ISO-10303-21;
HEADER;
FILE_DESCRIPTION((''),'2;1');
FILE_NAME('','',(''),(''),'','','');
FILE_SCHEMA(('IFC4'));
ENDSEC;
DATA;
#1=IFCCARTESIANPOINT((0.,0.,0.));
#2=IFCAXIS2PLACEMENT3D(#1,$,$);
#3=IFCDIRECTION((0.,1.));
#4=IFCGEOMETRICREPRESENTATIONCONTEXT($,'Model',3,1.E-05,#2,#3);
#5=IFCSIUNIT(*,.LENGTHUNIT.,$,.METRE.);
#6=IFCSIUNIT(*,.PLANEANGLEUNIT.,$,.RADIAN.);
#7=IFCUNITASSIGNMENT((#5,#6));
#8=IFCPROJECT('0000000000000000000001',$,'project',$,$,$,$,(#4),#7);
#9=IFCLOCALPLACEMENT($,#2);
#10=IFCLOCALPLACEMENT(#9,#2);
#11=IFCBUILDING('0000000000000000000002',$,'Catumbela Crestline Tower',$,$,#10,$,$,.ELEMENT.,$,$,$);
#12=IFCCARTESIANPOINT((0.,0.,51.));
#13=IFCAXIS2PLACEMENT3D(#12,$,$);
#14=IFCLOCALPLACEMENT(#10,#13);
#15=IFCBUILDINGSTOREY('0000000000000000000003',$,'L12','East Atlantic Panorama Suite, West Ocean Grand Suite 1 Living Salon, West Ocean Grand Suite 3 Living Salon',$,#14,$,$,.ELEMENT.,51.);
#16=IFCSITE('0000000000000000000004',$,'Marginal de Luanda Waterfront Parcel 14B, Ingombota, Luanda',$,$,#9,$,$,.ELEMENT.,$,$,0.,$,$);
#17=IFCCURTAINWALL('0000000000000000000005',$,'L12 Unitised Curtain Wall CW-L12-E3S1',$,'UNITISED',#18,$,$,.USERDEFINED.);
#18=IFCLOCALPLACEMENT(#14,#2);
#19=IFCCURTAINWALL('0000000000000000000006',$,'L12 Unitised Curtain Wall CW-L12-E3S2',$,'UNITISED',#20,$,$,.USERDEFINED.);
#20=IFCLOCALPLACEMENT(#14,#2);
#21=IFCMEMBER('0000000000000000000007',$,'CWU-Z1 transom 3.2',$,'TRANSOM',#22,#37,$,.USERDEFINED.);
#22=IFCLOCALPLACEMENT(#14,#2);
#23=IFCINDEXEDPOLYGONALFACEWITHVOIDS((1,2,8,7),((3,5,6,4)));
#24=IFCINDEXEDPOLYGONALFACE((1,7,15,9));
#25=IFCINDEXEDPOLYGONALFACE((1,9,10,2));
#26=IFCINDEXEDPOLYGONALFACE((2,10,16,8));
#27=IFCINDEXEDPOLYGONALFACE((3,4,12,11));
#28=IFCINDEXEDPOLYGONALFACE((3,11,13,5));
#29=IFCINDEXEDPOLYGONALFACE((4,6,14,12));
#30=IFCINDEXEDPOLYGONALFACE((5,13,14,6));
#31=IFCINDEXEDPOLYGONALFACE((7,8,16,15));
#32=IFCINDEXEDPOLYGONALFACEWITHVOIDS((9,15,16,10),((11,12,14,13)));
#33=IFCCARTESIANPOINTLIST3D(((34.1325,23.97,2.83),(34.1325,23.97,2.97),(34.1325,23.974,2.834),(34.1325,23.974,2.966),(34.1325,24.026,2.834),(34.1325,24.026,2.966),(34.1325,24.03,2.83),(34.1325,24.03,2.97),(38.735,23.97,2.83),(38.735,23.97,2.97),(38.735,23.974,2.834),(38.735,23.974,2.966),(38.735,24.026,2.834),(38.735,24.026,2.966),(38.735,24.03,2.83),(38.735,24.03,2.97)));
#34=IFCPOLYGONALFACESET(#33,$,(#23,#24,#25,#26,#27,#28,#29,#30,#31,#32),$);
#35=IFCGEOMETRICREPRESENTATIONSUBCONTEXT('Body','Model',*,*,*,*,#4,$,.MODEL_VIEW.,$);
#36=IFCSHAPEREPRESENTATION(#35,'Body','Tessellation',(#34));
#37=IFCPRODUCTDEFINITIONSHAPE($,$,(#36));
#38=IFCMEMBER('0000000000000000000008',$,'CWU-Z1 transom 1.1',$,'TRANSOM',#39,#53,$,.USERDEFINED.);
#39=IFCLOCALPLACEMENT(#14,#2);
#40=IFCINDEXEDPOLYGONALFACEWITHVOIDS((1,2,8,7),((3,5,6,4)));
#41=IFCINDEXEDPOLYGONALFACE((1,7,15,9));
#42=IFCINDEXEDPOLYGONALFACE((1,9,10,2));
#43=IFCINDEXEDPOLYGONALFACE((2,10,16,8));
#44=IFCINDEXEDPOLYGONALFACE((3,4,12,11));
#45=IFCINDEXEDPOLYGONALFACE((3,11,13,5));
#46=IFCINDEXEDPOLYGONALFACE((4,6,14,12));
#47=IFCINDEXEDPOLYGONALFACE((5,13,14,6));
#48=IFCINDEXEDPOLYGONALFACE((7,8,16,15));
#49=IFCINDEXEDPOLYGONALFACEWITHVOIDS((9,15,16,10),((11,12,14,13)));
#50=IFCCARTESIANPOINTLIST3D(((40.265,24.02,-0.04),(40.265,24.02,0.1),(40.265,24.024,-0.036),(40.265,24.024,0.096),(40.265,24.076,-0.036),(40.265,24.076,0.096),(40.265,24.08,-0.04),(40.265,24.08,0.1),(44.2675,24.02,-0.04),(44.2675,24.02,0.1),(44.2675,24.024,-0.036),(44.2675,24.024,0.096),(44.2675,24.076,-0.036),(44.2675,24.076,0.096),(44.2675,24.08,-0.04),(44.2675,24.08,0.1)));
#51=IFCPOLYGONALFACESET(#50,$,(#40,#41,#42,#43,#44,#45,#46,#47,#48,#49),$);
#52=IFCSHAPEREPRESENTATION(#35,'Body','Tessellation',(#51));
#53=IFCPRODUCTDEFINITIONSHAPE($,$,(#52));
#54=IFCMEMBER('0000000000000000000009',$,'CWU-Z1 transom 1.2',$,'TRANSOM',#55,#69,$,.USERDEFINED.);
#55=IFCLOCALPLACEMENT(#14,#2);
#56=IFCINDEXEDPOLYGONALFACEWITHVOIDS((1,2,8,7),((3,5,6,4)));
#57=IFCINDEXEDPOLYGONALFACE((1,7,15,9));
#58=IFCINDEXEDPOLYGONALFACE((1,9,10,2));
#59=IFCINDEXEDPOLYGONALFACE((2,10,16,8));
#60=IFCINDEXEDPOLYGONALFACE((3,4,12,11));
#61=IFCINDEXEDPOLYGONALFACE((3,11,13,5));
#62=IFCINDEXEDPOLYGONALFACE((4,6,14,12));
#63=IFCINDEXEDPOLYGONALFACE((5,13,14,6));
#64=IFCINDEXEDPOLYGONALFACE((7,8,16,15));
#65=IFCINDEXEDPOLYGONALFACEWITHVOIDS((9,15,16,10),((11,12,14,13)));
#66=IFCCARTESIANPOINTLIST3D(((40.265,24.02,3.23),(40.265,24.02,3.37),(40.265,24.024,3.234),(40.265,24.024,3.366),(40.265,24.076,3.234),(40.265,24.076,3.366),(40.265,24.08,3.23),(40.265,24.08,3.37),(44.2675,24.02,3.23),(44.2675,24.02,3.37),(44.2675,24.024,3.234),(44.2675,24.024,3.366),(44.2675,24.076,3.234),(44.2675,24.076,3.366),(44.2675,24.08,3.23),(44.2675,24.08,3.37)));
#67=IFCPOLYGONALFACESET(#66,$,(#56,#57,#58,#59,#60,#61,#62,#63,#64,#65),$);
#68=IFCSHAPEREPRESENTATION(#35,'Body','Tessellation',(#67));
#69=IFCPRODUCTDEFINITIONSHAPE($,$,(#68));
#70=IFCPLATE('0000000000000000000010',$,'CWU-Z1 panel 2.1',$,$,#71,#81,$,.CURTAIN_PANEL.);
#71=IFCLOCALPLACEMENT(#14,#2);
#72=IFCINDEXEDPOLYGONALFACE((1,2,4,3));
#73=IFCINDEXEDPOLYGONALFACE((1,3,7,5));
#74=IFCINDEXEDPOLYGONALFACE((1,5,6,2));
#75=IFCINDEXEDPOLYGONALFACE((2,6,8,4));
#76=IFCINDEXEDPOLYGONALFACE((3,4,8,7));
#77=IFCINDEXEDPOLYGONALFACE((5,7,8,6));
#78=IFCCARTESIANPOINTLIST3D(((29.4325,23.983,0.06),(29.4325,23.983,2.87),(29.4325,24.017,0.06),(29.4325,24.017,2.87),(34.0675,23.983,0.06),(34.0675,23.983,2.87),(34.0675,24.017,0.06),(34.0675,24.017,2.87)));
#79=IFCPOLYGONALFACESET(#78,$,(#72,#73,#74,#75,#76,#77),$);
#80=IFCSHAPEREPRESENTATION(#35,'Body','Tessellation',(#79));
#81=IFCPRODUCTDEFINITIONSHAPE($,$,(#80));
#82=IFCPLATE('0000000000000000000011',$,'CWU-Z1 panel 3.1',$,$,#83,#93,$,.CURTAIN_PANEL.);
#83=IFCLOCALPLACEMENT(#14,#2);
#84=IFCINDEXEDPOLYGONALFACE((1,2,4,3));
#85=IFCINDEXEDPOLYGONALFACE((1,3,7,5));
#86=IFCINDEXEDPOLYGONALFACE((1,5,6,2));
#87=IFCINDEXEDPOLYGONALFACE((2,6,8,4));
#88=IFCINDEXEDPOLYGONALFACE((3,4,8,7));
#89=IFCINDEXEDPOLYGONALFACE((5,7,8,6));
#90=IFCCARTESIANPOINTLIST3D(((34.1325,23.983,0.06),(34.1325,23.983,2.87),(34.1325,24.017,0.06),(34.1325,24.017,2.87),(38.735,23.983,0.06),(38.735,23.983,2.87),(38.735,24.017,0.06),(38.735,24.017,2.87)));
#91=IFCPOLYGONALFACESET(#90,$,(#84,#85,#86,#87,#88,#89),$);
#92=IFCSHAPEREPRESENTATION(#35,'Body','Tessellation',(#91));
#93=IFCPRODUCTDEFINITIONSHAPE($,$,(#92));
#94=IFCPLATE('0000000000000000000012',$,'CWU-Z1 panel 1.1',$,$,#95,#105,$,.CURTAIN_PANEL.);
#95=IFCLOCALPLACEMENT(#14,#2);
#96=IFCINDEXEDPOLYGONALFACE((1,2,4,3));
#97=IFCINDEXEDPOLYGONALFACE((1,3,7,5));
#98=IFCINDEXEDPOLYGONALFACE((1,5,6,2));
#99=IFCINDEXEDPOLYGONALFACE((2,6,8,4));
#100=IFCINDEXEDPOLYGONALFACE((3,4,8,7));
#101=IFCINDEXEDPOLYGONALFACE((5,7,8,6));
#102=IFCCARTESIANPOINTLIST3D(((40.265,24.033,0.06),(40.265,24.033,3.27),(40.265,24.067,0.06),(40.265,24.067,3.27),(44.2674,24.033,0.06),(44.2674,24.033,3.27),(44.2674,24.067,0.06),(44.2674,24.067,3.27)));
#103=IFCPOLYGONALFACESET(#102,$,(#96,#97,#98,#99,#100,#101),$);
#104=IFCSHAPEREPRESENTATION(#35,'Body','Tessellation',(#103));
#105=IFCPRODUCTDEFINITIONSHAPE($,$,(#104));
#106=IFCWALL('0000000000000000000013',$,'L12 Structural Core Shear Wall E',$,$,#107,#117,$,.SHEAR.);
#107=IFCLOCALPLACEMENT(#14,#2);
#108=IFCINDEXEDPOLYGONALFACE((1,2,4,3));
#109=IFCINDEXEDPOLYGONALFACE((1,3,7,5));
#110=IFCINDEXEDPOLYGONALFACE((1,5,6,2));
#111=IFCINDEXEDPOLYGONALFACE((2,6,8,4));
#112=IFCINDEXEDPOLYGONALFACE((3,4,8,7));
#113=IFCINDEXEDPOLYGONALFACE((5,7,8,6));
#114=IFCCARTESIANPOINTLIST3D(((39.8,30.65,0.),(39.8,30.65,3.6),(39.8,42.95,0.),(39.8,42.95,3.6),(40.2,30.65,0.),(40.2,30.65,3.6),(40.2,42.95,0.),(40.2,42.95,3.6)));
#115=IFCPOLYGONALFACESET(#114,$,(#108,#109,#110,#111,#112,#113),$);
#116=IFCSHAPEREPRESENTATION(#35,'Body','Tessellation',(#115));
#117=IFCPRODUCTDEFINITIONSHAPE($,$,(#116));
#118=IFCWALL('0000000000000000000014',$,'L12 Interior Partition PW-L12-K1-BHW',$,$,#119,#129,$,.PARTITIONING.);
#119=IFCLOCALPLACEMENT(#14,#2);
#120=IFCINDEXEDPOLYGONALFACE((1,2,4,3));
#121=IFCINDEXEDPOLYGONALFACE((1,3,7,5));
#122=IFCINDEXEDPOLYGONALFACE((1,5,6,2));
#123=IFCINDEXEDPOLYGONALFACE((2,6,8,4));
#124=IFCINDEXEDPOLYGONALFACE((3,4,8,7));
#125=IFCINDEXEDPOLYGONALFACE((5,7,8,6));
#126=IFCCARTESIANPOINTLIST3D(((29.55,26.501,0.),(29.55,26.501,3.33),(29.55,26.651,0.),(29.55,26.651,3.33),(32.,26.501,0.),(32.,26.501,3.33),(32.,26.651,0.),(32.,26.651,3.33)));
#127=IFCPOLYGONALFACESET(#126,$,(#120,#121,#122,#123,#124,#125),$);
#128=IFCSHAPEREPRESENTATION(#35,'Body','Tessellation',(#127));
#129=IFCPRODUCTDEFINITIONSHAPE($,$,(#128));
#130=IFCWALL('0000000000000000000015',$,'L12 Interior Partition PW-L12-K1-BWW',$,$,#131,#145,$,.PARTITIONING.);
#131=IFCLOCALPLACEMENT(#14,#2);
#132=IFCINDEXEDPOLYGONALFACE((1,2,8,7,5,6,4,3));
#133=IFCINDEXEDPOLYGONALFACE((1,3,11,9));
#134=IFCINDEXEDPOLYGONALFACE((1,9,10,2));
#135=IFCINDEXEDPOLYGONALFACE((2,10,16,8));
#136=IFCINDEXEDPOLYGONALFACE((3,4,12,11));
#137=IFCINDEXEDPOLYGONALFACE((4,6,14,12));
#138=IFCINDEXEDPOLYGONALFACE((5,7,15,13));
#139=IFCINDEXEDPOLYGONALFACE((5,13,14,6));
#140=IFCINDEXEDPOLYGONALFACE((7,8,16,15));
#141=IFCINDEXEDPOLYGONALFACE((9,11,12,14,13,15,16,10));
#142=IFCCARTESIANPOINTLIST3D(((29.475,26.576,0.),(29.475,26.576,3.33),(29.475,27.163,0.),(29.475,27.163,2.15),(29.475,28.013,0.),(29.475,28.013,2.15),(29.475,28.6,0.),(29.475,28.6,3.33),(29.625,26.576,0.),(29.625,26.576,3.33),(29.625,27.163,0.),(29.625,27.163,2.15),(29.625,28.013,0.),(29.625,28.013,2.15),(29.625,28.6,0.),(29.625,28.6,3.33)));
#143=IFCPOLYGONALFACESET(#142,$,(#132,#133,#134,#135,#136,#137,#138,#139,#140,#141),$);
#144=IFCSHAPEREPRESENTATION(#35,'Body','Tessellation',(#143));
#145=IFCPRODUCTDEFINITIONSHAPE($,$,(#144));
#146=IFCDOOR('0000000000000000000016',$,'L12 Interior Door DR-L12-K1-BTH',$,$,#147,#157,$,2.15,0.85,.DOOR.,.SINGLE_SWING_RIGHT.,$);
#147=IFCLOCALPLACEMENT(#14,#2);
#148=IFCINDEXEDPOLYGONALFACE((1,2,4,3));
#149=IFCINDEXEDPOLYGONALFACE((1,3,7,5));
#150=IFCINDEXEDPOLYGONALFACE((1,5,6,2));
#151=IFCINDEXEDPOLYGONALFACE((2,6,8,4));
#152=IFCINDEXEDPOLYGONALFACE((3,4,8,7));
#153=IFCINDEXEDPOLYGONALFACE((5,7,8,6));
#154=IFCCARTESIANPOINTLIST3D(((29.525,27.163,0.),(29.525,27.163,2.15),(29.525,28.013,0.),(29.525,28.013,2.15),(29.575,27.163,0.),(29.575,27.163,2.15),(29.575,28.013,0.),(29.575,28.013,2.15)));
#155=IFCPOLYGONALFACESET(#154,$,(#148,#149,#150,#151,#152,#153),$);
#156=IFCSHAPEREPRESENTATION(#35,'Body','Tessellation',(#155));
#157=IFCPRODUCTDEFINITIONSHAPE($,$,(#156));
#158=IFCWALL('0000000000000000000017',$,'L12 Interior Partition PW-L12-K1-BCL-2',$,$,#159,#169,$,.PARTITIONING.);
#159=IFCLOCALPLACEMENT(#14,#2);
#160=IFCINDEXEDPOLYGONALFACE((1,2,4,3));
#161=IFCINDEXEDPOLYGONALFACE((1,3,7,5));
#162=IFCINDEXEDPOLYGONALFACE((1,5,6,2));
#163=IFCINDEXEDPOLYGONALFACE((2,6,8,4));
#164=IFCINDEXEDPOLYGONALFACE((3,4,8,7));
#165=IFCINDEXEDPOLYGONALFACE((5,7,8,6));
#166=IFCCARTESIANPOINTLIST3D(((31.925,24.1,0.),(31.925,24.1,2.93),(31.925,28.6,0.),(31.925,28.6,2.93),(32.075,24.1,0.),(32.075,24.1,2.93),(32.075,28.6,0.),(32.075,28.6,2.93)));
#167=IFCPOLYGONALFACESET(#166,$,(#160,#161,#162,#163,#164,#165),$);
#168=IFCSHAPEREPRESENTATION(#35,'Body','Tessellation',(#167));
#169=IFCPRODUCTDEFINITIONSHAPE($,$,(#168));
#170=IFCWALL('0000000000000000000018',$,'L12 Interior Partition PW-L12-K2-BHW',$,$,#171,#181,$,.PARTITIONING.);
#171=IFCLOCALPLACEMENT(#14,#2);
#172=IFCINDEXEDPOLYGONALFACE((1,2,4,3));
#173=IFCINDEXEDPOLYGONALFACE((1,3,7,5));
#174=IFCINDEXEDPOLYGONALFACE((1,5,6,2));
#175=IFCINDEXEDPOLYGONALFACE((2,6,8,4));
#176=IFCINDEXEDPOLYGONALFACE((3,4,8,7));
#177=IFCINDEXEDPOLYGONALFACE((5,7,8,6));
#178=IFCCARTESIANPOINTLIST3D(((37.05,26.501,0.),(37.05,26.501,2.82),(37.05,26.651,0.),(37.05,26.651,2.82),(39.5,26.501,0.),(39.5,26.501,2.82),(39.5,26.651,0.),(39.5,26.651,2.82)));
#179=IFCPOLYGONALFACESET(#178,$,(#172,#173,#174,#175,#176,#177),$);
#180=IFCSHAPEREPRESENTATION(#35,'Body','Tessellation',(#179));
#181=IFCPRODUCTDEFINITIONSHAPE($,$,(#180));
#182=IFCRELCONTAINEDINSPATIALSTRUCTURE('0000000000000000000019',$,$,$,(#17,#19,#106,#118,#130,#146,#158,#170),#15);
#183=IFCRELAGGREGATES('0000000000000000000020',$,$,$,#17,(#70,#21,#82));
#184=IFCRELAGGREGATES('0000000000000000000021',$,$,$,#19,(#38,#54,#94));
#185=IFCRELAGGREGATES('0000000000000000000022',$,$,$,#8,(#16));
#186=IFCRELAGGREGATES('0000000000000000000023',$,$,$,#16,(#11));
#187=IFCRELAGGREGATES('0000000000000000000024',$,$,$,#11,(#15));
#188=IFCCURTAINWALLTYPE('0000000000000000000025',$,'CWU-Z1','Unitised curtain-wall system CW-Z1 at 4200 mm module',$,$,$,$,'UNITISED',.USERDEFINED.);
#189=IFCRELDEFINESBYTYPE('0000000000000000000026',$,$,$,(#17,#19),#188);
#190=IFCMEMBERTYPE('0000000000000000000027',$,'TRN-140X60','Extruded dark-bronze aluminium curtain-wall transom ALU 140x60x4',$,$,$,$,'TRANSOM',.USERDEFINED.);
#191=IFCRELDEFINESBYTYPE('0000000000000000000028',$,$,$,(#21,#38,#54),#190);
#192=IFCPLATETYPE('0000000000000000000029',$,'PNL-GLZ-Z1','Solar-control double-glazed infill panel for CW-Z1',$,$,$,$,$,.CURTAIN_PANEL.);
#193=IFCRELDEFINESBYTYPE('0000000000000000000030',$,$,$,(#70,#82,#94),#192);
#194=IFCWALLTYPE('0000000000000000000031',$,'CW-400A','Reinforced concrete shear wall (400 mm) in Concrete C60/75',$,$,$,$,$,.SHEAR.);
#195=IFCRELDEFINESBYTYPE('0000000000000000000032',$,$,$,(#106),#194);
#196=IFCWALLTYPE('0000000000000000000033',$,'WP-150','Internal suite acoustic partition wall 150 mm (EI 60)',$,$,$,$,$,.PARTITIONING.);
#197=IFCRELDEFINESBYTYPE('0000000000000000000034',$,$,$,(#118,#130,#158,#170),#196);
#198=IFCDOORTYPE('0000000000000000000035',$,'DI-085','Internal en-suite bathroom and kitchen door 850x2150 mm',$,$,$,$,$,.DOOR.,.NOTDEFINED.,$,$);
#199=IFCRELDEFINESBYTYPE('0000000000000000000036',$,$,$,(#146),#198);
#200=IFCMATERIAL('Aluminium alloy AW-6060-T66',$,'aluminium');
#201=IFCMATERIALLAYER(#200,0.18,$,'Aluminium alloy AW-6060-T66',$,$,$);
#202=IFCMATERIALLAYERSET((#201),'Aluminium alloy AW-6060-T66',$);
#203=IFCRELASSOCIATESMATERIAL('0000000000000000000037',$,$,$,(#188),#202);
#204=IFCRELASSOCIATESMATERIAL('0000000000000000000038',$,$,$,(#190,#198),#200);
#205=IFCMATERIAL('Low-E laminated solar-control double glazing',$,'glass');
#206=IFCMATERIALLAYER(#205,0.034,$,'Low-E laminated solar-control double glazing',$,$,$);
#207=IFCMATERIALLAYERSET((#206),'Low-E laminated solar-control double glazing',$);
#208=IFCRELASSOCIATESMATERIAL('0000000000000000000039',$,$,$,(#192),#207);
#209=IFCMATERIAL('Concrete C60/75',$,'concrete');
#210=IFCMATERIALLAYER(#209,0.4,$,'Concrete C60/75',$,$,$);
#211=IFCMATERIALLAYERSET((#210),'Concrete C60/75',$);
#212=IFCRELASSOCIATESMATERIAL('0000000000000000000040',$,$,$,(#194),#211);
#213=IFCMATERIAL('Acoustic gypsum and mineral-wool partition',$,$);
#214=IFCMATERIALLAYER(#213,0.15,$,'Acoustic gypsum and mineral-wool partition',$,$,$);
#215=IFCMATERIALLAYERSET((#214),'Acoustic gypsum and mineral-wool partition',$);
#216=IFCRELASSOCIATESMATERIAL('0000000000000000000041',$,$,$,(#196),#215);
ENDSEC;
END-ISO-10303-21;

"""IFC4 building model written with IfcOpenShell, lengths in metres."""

from ifc_helpers import new_model, si_unit, direction, frame, frame_2d, origin, origin_2d, place, context, subcontext, project, spatial, rectangle, hollow_rectangle, extrude, material, layer, layer_set, material_profile, profile_set, type_object, element, fill, aggregate, save


model = new_model("IFC4")

# Units and contexts
model_context = context("Model", 3, precision=1e-05, world=origin(), true_north=direction((0.0, 1.0)))
body_context = subcontext(model_context, "Body", "Model", "MODEL_VIEW")
ifc_project = project(units=[si_unit("LENGTHUNIT", "METRE"), si_unit("PLANEANGLEUNIT", "RADIAN")], contexts=[model_context])

# Site, building, storey
site_placement = place(None, origin())
site = spatial("IfcSite", under=ifc_project, at=site_placement, Name="Marginal de Luanda Waterfront Parcel 14B, Ingombota, Luanda", CompositionType="ELEMENT", RefElevation=0.0)
building_placement = place(site_placement, origin())
building = spatial("IfcBuilding", under=site, at=building_placement, Name="Catumbela Crestline Tower", CompositionType="ELEMENT")
storey_placement = place(building_placement, frame((0.0, 0.0, 51.0)))
storey = spatial("IfcBuildingStorey", under=building, at=storey_placement, Name="L12", Description="East Atlantic Panorama Suite, West Ocean Grand Suite 1 Living Salon, West Ocean Grand Suite 3 Living Salon", CompositionType="ELEMENT", Elevation=51.0)

# Shared definitions
ifc_material_1 = material(Name="Concrete C60/75", Category="concrete")

# Curtain walls
ifc_material_2 = material(Name="Aluminium alloy AW-6060-T66", Category="aluminium")
ifc_layer_1 = layer(ifc_material_2, 0.18, Name="Aluminium alloy AW-6060-T66")
ifc_layer_set_1 = layer_set([ifc_layer_1], Name="Aluminium alloy AW-6060-T66")
curtain_wall_type = type_object("IfcCurtainWallType", Name="CWU-Z1", Description="Unitised curtain-wall system CW-Z1 at 4200 mm module", ElementType="UNITISED", PredefinedType="USERDEFINED", material=ifc_layer_set_1)
curtain_wall_1_placement = place(storey_placement, origin())
curtain_wall_1 = element("IfcCurtainWall", 1, at=curtain_wall_1_placement, inside=storey, type_object=curtain_wall_type, Name="L12 Unitised Curtain Wall CW-L12-E3S1", ObjectType="UNITISED", PredefinedType="USERDEFINED")
curtain_wall_2_placement = place(storey_placement, origin())
curtain_wall_2 = element("IfcCurtainWall", 2, at=curtain_wall_2_placement, inside=storey, type_object=curtain_wall_type, Name="L12 Unitised Curtain Wall CW-L12-E3S2", ObjectType="UNITISED", PredefinedType="USERDEFINED")

# Members
ifc_material_profile_1 = material_profile(ifc_material_2, hollow_rectangle(XDim=0.06, YDim=0.14, WallThickness=0.004, at=origin_2d()), Name="ALU 140x60x4")
ifc_profile_set_1 = profile_set([ifc_material_profile_1], Name="Aluminium alloy AW-6060-T66")
member_type_1 = type_object("IfcMemberType", Name="TRN-140X60", Description="Extruded dark-bronze aluminium curtain-wall transom ALU 140x60x4", ElementType="TRANSOM", PredefinedType="USERDEFINED", material=ifc_profile_set_1)
member_1_placement = place(storey_placement, frame((34.1325, 24.0, 2.9), z_axis=(1.0, 0.0, 0.0), x_axis=(0.0, 1.0, 0.0)))
member_1 = element("IfcMember", 3, at=member_1_placement, type_object=member_type_1, Name="CWU-Z1 transom 3.2", ObjectType="TRANSOM", PredefinedType="USERDEFINED", context=body_context, shape_type="SweptSolid", body=[
    extrude(hollow_rectangle(XDim=0.06, YDim=0.14, WallThickness=0.004, at=origin_2d()), origin(), (0.0, 0.0, 1.0), 4.6025),
])
member_2_placement = place(storey_placement, frame((40.265, 24.05, 0.03), z_axis=(1.0, 0.0, 0.0), x_axis=(0.0, 1.0, 0.0)))
member_2 = element("IfcMember", 4, at=member_2_placement, type_object=member_type_1, Name="CWU-Z1 transom 1.1", ObjectType="TRANSOM", PredefinedType="USERDEFINED", context=body_context, shape_type="SweptSolid", body=[
    extrude(hollow_rectangle(XDim=0.06, YDim=0.14, WallThickness=0.004, at=origin_2d()), origin(), (0.0, 0.0, 1.0), 4.0025),
])
member_3_placement = place(storey_placement, frame((40.265, 24.05, 3.3), z_axis=(1.0, 0.0, 0.0), x_axis=(0.0, 1.0, 0.0)))
member_3 = element("IfcMember", 5, at=member_3_placement, type_object=member_type_1, Name="CWU-Z1 transom 1.2", ObjectType="TRANSOM", PredefinedType="USERDEFINED", context=body_context, shape_type="SweptSolid", body=[
    extrude(hollow_rectangle(XDim=0.06, YDim=0.14, WallThickness=0.004, at=origin_2d()), origin(), (0.0, 0.0, 1.0), 4.0025),
])

# Plates
ifc_material_3 = material(Name="Low-E laminated solar-control double glazing", Category="glass")
ifc_layer_2 = layer(ifc_material_3, 0.034, Name="Low-E laminated solar-control double glazing")
ifc_layer_set_2 = layer_set([ifc_layer_2], Name="Low-E laminated solar-control double glazing")
plate_type = type_object("IfcPlateType", Name="PNL-GLZ-Z1", Description="Solar-control double-glazed infill panel for CW-Z1", PredefinedType="CURTAIN_PANEL", material=ifc_layer_set_2)
plate_1_placement = place(storey_placement, frame((31.75, 24.0, 0.06), z_axis=(0.0, 0.0, 1.0), x_axis=(1.0, 0.0, 0.0)))
plate_1 = element("IfcPlate", 6, at=plate_1_placement, type_object=plate_type, Name="CWU-Z1 panel 2.1", PredefinedType="CURTAIN_PANEL", context=body_context, shape_type="SweptSolid", body=[
    extrude(rectangle(XDim=4.635, YDim=0.034, at=origin_2d()), origin(), (0.0, 0.0, 1.0), 2.81),
])
plate_2_placement = place(storey_placement, frame((36.4338, 24.0, 0.06), z_axis=(0.0, 0.0, 1.0), x_axis=(1.0, 0.0, 0.0)))
plate_2 = element("IfcPlate", 7, at=plate_2_placement, type_object=plate_type, Name="CWU-Z1 panel 3.1", PredefinedType="CURTAIN_PANEL", context=body_context, shape_type="SweptSolid", body=[
    extrude(rectangle(XDim=4.6025, YDim=0.034, at=origin_2d()), origin(), (0.0, 0.0, 1.0), 2.81),
])
aggregate(curtain_wall_1, [plate_1, member_1, plate_2])
plate_3_placement = place(storey_placement, frame((42.2662, 24.05, 0.06), z_axis=(0.0, 0.0, 1.0), x_axis=(1.0, 0.0, 0.0)))
plate_3 = element("IfcPlate", 8, at=plate_3_placement, type_object=plate_type, Name="CWU-Z1 panel 1.1", PredefinedType="CURTAIN_PANEL", context=body_context, shape_type="SweptSolid", body=[
    extrude(rectangle(XDim=4.0025, YDim=0.034, at=origin_2d()), origin(), (0.0, 0.0, 1.0), 3.21),
])
aggregate(curtain_wall_2, [member_2, member_3, plate_3])

# Walls
ifc_layer_3 = layer(ifc_material_1, 0.4, Name="Concrete C60/75")
ifc_layer_set_3 = layer_set([ifc_layer_3], Name="Concrete C60/75")
wall_type_1 = type_object("IfcWallType", Name="CW-400A", Description="Reinforced concrete shear wall (400 mm) in Concrete C60/75", PredefinedType="SHEAR", material=ifc_layer_set_3)
wall_1_placement = place(storey_placement, frame((40.0, 30.65, 0.0), z_axis=(0.0, 0.0, 1.0), x_axis=(0.0, 1.0, 0.0)))
element("IfcWall", 9, at=wall_1_placement, inside=storey, type_object=wall_type_1, Name="L12 Structural Core Shear Wall E", PredefinedType="SHEAR", context=body_context, shape_type="SweptSolid", body=[
    extrude(rectangle(XDim=12.3, YDim=0.4, at=frame_2d((6.15, 0.0))), origin(), (0.0, 0.0, 1.0), 3.6),
])
ifc_material_4 = material(Name="Acoustic gypsum and mineral-wool partition")
ifc_layer_4 = layer(ifc_material_4, 0.15, Name="Acoustic gypsum and mineral-wool partition")
ifc_layer_set_4 = layer_set([ifc_layer_4], Name="Acoustic gypsum and mineral-wool partition")
wall_type_2 = type_object("IfcWallType", Name="WP-150", Description="Internal suite acoustic partition wall 150 mm (EI 60)", PredefinedType="PARTITIONING", material=ifc_layer_set_4)
wall_2_placement = place(storey_placement, frame((29.55, 26.576, 0.0), z_axis=(0.0, 0.0, 1.0), x_axis=(1.0, 0.0, 0.0)))
element("IfcWall", 10, at=wall_2_placement, inside=storey, type_object=wall_type_2, Name="L12 Interior Partition PW-L12-K1-BHW", PredefinedType="PARTITIONING", context=body_context, shape_type="SweptSolid", body=[
    extrude(rectangle(XDim=2.45, YDim=0.15, at=frame_2d((1.225, 0.0))), origin(), (0.0, 0.0, 1.0), 3.33),
])

# Wall, opening, door
wall_3_placement = place(storey_placement, frame((29.55, 26.576, 0.0), z_axis=(0.0, 0.0, 1.0), x_axis=(0.0, 1.0, 0.0)))
wall_3 = element("IfcWall", 11, at=wall_3_placement, inside=storey, type_object=wall_type_2, Name="L12 Interior Partition PW-L12-K1-BWW", PredefinedType="PARTITIONING", context=body_context, shape_type="SweptSolid", body=[
    extrude(rectangle(XDim=2.024, YDim=0.15, at=frame_2d((1.012, 0.0))), origin(), (0.0, 0.0, 1.0), 3.33),
])
opening_1_placement = place(wall_3_placement, frame((0.587, 0.0, 0.0)))
opening_1 = element("IfcOpeningElement", 12, at=opening_1_placement, cuts=wall_3, PredefinedType="OPENING", context=body_context, shape_type="SweptSolid", body=[
    extrude(rectangle(XDim=0.85, YDim=2.15, at=frame_2d((0.425, 1.075))), frame((0.0, 0.085, 0.0), z_axis=(0.0, -1.0, 0.0), x_axis=(1.0, 0.0, 0.0)), (0.0, 0.0, 1.0), 0.17),
])
door_type = type_object("IfcDoorType", Name="DI-085", Description="Internal en-suite bathroom and kitchen door 850x2150 mm", OperationType="NOTDEFINED", PredefinedType="DOOR", material=ifc_material_2)
door_1_placement = place(opening_1_placement, origin())
door_1 = element("IfcDoor", 13, at=door_1_placement, inside=storey, type_object=door_type, Name="L12 Interior Door DR-L12-K1-BTH", OperationType="SINGLE_SWING_RIGHT", OverallHeight=2.15, OverallWidth=0.85, PredefinedType="DOOR", context=body_context, shape_type="SweptSolid", body=[
    extrude(rectangle(XDim=0.85, YDim=2.15, at=frame_2d((0.425, 1.075))), frame((0.0, 0.025, 0.0), z_axis=(0.0, -1.0, 0.0), x_axis=(1.0, 0.0, 0.0)), (0.0, 0.0, 1.0), 0.05),
])
fill(opening_1, door_1)

# Walls
wall_4_placement = place(storey_placement, frame((32.0, 28.6, 0.0), z_axis=(0.0, 0.0, 1.0), x_axis=(0.0, -1.0, 0.0)))
element("IfcWall", 14, at=wall_4_placement, inside=storey, type_object=wall_type_2, Name="L12 Interior Partition PW-L12-K1-BCL-2", PredefinedType="PARTITIONING", context=body_context, shape_type="SweptSolid", body=[
    extrude(rectangle(XDim=4.5, YDim=0.15, at=frame_2d((2.25, 0.0))), origin(), (0.0, 0.0, 1.0), 2.93),
])
wall_5_placement = place(storey_placement, frame((37.05, 26.576, 0.0), z_axis=(0.0, 0.0, 1.0), x_axis=(1.0, 0.0, 0.0)))
element("IfcWall", 15, at=wall_5_placement, inside=storey, type_object=wall_type_2, Name="L12 Interior Partition PW-L12-K2-BHW", PredefinedType="PARTITIONING", context=body_context, shape_type="SweptSolid", body=[
    extrude(rectangle(XDim=2.45, YDim=0.15, at=frame_2d((1.225, 0.0))), origin(), (0.0, 0.0, 1.0), 2.82),
])

save(model, "model.ifc")
